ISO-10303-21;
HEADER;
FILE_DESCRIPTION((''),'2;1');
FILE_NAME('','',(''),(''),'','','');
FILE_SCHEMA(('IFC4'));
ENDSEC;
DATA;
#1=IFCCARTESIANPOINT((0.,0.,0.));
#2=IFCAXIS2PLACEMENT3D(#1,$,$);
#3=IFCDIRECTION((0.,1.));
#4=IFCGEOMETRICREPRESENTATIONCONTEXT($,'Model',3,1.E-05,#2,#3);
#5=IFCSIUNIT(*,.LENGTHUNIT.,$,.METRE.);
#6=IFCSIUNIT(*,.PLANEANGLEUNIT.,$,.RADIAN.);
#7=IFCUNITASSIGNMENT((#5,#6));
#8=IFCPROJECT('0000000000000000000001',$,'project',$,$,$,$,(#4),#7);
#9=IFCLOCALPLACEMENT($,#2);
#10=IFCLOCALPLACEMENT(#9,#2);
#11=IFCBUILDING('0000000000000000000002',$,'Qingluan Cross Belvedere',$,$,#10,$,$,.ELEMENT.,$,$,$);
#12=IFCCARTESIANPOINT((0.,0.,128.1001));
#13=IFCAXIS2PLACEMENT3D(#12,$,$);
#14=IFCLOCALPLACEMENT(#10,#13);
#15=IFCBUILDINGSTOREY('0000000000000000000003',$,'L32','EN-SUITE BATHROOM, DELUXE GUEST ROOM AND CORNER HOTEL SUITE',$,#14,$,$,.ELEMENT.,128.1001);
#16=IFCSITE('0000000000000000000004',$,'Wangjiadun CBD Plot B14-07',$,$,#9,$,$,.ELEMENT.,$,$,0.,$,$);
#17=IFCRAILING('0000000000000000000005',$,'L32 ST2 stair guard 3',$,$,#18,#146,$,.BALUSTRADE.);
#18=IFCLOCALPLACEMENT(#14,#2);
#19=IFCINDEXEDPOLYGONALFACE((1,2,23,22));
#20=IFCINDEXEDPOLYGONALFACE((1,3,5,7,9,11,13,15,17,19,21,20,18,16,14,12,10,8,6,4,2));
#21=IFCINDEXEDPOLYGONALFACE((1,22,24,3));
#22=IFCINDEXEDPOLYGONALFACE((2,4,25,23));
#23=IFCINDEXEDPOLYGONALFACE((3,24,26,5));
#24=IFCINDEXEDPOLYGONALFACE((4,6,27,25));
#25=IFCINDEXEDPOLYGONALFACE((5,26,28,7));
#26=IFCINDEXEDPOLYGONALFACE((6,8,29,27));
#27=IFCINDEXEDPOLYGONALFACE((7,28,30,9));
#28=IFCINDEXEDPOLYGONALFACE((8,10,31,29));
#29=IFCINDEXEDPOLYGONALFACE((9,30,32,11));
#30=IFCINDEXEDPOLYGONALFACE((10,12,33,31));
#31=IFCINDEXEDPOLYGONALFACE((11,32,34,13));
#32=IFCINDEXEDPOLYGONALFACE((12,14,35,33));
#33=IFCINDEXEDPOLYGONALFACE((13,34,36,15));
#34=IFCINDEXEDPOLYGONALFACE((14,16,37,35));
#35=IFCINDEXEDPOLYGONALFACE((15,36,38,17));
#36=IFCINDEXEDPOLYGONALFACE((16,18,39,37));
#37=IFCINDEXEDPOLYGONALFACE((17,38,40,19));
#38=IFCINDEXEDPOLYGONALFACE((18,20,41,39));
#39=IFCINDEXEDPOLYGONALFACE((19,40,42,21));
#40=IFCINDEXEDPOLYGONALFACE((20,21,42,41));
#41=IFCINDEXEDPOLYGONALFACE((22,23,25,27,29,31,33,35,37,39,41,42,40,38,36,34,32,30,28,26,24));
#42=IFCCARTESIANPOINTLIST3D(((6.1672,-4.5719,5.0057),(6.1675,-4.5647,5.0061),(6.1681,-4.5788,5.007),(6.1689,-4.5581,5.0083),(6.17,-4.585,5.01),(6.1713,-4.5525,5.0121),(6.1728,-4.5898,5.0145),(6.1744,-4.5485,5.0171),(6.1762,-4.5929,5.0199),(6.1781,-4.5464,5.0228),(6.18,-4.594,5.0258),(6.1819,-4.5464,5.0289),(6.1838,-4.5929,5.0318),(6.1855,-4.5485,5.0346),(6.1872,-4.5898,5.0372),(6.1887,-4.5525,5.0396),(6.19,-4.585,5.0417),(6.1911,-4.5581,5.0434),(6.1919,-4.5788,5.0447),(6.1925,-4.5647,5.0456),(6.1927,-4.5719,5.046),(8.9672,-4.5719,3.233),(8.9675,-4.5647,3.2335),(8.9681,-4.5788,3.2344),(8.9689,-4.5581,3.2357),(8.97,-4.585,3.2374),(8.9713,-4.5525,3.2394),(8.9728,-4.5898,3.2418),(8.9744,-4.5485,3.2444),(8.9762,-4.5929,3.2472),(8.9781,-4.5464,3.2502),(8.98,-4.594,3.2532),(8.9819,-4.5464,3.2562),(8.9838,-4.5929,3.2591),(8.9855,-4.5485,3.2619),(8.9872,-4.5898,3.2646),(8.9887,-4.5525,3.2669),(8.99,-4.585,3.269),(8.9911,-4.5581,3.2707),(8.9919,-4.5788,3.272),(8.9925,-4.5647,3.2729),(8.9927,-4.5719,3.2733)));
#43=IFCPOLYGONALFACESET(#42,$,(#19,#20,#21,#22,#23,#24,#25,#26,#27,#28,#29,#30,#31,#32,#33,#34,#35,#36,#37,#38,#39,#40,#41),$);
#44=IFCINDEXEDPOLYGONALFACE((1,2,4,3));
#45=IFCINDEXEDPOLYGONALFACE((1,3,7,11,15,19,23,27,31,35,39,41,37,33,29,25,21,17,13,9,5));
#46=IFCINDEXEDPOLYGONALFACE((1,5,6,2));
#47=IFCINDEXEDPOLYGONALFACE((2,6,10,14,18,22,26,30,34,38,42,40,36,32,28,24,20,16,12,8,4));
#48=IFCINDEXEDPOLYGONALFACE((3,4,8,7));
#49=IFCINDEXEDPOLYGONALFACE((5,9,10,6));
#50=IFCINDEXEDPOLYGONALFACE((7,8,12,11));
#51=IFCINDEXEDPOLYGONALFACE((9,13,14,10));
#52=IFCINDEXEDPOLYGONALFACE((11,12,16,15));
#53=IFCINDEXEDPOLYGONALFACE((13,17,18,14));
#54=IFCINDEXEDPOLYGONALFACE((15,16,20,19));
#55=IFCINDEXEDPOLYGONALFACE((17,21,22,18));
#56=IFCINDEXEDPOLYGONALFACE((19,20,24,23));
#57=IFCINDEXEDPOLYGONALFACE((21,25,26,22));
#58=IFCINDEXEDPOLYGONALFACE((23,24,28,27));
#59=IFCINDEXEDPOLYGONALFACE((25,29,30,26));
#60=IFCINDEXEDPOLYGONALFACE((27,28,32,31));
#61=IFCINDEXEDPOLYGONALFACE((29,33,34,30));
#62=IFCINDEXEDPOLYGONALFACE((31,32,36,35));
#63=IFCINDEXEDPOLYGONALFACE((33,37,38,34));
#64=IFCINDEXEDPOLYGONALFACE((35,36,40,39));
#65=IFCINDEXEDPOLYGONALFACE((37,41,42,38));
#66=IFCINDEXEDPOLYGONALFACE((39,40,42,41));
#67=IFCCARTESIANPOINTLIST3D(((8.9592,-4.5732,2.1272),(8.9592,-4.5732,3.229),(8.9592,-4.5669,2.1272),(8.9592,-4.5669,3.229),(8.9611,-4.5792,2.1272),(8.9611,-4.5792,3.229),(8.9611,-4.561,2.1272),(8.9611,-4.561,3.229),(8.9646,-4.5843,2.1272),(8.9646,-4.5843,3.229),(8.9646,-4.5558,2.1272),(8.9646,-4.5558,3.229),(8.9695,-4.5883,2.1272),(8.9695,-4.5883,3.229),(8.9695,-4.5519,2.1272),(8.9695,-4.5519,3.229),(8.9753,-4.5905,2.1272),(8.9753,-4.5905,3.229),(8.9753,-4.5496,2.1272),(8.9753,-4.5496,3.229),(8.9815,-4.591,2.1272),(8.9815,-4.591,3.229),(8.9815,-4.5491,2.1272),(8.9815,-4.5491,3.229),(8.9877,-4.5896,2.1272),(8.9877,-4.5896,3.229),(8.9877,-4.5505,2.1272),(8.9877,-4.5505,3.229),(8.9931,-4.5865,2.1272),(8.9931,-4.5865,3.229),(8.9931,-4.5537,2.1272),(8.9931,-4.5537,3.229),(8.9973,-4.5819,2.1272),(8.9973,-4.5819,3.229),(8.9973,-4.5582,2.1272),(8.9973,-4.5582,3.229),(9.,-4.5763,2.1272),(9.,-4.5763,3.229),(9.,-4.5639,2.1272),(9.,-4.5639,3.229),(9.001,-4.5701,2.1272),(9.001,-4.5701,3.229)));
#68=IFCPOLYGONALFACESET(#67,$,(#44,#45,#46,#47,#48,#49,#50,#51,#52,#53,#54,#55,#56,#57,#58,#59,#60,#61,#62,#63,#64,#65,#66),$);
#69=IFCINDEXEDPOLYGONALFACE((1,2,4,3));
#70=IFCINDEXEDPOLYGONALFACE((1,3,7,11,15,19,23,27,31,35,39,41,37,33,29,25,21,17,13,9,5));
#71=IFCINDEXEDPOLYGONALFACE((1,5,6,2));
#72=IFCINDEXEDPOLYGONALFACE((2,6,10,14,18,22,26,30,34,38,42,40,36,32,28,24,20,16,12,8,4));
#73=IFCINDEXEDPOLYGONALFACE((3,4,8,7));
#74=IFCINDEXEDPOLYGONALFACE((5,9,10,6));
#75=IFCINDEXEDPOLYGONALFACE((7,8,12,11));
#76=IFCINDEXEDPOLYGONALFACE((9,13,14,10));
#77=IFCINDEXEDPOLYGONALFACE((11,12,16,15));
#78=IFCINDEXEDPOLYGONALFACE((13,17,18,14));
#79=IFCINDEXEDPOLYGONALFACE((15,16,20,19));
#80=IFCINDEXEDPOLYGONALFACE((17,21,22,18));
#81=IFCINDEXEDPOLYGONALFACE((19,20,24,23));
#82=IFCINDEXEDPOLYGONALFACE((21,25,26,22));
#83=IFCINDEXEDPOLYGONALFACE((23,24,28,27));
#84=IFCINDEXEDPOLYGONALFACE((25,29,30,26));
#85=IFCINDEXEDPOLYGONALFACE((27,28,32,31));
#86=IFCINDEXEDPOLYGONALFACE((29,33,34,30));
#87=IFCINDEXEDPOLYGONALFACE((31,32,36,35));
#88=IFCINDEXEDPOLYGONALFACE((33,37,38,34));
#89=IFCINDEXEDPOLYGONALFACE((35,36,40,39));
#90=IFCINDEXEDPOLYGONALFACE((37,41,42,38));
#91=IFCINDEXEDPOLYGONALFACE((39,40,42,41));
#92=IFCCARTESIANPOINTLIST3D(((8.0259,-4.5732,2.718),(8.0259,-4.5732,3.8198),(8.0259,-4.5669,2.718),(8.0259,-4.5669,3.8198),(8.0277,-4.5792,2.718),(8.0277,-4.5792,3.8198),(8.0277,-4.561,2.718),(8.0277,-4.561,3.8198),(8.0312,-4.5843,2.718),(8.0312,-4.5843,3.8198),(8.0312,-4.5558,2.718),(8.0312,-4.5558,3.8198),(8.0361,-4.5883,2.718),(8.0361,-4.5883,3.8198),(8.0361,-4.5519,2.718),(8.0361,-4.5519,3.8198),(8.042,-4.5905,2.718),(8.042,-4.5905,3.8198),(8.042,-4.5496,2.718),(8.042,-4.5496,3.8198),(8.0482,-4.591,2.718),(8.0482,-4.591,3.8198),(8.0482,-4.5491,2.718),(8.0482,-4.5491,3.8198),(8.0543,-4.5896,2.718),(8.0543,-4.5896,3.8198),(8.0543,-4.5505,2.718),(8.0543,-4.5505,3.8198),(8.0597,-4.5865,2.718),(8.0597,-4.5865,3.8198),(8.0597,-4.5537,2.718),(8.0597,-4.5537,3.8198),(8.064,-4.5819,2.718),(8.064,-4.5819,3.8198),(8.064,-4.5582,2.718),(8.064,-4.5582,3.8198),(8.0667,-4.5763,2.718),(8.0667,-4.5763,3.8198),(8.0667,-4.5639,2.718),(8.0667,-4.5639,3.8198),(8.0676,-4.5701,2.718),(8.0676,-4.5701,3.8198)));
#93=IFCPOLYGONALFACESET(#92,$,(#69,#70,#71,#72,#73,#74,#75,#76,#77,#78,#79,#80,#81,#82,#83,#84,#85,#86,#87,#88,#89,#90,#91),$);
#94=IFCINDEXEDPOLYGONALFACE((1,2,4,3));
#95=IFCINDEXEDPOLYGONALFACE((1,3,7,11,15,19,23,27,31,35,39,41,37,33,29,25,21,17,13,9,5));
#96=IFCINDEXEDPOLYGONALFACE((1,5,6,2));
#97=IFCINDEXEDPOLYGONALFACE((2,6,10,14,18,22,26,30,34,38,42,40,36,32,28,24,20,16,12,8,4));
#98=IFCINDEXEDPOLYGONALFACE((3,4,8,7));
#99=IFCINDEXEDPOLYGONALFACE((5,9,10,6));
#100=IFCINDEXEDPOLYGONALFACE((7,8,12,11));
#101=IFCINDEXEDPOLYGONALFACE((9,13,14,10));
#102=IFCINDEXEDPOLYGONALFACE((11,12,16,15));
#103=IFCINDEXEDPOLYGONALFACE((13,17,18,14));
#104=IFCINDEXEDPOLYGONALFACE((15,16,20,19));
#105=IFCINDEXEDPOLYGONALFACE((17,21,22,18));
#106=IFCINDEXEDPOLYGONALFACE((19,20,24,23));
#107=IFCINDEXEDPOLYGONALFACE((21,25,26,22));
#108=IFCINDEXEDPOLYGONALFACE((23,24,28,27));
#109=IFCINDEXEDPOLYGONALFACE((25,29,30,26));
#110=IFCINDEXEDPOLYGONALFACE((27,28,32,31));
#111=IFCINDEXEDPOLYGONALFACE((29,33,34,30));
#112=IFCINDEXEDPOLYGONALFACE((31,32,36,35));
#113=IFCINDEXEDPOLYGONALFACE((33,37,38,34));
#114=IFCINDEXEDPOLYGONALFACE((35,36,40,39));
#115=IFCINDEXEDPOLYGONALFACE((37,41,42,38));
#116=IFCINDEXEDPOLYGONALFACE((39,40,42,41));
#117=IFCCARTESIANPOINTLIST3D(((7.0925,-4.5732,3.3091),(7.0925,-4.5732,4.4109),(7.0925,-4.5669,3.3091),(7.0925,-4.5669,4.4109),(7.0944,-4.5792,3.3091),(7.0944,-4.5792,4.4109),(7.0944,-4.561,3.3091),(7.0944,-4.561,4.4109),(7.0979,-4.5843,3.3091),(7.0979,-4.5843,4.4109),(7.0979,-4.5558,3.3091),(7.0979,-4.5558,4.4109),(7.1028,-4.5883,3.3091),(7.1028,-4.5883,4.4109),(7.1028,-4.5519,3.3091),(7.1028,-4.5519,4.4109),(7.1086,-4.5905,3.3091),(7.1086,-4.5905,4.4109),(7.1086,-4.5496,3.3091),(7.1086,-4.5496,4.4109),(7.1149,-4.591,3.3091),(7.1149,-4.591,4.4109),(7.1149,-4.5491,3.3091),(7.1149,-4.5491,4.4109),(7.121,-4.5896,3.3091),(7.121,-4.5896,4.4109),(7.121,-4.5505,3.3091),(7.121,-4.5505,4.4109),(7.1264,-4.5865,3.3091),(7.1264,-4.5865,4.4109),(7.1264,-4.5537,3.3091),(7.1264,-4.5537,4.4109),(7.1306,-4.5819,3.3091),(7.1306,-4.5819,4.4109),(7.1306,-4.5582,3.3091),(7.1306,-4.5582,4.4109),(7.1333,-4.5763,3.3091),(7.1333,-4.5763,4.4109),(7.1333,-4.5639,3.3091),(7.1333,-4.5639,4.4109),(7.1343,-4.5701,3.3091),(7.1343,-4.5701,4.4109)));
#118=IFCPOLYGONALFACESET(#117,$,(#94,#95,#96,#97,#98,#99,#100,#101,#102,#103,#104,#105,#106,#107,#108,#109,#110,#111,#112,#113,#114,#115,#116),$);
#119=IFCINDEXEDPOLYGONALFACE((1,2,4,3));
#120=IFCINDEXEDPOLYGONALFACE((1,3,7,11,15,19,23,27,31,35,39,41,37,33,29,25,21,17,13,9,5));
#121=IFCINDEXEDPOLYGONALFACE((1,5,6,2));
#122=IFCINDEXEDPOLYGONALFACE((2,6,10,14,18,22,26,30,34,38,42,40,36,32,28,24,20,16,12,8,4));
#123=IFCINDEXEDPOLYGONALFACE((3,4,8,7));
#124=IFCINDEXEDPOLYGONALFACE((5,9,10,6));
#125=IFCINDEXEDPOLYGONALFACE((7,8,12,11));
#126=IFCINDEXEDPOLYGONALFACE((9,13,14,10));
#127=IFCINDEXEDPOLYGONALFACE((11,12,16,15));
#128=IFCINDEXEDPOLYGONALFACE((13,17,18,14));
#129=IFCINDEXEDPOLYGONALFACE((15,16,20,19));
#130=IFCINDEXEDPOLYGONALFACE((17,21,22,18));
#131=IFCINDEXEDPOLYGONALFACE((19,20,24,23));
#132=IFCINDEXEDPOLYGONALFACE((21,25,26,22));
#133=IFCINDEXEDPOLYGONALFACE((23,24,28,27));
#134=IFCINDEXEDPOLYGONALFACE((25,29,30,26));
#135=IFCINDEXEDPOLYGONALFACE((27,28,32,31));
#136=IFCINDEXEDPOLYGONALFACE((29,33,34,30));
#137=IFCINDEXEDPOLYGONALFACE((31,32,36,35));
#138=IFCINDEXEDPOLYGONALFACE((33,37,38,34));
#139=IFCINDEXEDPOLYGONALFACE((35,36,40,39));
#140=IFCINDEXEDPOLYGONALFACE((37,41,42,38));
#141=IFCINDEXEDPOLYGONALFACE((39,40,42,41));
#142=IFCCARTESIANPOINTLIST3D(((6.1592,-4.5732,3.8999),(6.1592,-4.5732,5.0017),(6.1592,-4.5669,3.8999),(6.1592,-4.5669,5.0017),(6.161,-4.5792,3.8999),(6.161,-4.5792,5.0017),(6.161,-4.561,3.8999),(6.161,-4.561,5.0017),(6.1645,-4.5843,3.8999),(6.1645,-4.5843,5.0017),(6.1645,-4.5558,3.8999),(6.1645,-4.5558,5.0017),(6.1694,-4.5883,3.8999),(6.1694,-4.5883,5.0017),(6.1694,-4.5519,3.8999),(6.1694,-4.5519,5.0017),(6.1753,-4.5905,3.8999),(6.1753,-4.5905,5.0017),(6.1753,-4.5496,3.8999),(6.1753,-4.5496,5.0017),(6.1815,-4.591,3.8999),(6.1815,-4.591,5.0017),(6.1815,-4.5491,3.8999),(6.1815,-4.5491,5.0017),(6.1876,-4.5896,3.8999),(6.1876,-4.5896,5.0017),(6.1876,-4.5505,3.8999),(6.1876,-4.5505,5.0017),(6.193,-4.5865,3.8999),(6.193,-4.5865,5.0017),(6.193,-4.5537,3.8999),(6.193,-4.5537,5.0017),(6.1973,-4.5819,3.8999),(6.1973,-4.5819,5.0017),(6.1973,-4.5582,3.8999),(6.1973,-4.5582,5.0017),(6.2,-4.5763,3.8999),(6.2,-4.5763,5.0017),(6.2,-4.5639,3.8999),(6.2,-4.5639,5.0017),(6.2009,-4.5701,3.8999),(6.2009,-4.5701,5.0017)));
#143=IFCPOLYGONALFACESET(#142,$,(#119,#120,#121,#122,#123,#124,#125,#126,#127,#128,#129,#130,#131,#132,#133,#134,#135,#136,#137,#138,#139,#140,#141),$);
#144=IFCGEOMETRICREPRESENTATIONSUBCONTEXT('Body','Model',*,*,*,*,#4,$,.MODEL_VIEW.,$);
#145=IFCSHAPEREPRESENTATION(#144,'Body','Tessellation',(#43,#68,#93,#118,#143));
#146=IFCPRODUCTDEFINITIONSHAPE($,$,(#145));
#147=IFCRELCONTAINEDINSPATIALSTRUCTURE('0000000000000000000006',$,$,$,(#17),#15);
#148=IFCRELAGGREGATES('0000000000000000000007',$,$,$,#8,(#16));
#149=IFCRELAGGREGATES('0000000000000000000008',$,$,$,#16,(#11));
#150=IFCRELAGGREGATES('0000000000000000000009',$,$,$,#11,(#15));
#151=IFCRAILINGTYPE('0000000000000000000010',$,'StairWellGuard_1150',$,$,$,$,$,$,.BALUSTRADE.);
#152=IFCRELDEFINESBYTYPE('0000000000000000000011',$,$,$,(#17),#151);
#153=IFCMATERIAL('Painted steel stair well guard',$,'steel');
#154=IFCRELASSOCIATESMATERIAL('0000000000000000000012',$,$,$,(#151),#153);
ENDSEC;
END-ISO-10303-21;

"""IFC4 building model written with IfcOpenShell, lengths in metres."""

from ifc_helpers import new_model, si_unit, direction, frame, origin, origin_2d, place, context, subcontext, project, spatial, circle, extrude, material, type_object, element, save


model = new_model("IFC4")

# Units and contexts
model_context = context("Model", 3, precision=1e-05, world=origin(), true_north=direction((0.0, 1.0)))
body_context = subcontext(model_context, "Body", "Model", "MODEL_VIEW")
ifc_project = project(units=[si_unit("LENGTHUNIT", "METRE"), si_unit("PLANEANGLEUNIT", "RADIAN")], contexts=[model_context])

# Site, building, storey
site_placement = place(None, origin())
site = spatial("IfcSite", under=ifc_project, at=site_placement, Name="Wangjiadun CBD Plot B14-07", CompositionType="ELEMENT", RefElevation=0.0)
building_placement = place(site_placement, origin())
building = spatial("IfcBuilding", under=site, at=building_placement, Name="Qingluan Cross Belvedere", CompositionType="ELEMENT")
storey_placement = place(building_placement, frame((0.0, 0.0, 128.1001)))
storey = spatial("IfcBuildingStorey", under=building, at=storey_placement, Name="L32", Description="EN-SUITE BATHROOM, DELUXE GUEST ROOM AND CORNER HOTEL SUITE", CompositionType="ELEMENT", Elevation=128.1001)

# Railing
ifc_material_1 = material(Name="Painted steel stair well guard", Category="steel")
railing_type_1 = type_object("IfcRailingType", Name="StairWellGuard_1150", PredefinedType="BALUSTRADE", material=ifc_material_1)
railing_1_placement = place(storey_placement, frame((8.98, -4.5701, 2.1272)))
element("IfcRailing", 1, at=railing_1_placement, inside=storey, type_object=railing_type_1, Name="L32 ST2 stair guard 3", PredefinedType="BALUSTRADE", context=body_context, shape_type="SweptSolid", body=[
    extrude(circle(Radius=0.0239, at=origin_2d()), frame((0.0, 0.0, 1.126), z_axis=(-0.844909, 0.0, 0.53491), x_axis=(0.0, -1.0, 0.0)), (0.0, 0.0, 1.0), 3.314),
    extrude(circle(Radius=0.021, at=origin_2d()), origin(), (0.0, 0.0, 1.0), 1.1018),
    extrude(circle(Radius=0.021, at=origin_2d()), frame((-0.9333, 0.0, 0.5908)), (0.0, 0.0, 1.0), 1.1018),
    extrude(circle(Radius=0.021, at=origin_2d()), frame((-1.8667, 0.0, 1.1819)), (0.0, 0.0, 1.0), 1.1018),
    extrude(circle(Radius=0.021, at=origin_2d()), frame((-2.8, 0.0, 1.7727)), (0.0, 0.0, 1.0), 1.1018),
])

save(model, "model.ifc")
